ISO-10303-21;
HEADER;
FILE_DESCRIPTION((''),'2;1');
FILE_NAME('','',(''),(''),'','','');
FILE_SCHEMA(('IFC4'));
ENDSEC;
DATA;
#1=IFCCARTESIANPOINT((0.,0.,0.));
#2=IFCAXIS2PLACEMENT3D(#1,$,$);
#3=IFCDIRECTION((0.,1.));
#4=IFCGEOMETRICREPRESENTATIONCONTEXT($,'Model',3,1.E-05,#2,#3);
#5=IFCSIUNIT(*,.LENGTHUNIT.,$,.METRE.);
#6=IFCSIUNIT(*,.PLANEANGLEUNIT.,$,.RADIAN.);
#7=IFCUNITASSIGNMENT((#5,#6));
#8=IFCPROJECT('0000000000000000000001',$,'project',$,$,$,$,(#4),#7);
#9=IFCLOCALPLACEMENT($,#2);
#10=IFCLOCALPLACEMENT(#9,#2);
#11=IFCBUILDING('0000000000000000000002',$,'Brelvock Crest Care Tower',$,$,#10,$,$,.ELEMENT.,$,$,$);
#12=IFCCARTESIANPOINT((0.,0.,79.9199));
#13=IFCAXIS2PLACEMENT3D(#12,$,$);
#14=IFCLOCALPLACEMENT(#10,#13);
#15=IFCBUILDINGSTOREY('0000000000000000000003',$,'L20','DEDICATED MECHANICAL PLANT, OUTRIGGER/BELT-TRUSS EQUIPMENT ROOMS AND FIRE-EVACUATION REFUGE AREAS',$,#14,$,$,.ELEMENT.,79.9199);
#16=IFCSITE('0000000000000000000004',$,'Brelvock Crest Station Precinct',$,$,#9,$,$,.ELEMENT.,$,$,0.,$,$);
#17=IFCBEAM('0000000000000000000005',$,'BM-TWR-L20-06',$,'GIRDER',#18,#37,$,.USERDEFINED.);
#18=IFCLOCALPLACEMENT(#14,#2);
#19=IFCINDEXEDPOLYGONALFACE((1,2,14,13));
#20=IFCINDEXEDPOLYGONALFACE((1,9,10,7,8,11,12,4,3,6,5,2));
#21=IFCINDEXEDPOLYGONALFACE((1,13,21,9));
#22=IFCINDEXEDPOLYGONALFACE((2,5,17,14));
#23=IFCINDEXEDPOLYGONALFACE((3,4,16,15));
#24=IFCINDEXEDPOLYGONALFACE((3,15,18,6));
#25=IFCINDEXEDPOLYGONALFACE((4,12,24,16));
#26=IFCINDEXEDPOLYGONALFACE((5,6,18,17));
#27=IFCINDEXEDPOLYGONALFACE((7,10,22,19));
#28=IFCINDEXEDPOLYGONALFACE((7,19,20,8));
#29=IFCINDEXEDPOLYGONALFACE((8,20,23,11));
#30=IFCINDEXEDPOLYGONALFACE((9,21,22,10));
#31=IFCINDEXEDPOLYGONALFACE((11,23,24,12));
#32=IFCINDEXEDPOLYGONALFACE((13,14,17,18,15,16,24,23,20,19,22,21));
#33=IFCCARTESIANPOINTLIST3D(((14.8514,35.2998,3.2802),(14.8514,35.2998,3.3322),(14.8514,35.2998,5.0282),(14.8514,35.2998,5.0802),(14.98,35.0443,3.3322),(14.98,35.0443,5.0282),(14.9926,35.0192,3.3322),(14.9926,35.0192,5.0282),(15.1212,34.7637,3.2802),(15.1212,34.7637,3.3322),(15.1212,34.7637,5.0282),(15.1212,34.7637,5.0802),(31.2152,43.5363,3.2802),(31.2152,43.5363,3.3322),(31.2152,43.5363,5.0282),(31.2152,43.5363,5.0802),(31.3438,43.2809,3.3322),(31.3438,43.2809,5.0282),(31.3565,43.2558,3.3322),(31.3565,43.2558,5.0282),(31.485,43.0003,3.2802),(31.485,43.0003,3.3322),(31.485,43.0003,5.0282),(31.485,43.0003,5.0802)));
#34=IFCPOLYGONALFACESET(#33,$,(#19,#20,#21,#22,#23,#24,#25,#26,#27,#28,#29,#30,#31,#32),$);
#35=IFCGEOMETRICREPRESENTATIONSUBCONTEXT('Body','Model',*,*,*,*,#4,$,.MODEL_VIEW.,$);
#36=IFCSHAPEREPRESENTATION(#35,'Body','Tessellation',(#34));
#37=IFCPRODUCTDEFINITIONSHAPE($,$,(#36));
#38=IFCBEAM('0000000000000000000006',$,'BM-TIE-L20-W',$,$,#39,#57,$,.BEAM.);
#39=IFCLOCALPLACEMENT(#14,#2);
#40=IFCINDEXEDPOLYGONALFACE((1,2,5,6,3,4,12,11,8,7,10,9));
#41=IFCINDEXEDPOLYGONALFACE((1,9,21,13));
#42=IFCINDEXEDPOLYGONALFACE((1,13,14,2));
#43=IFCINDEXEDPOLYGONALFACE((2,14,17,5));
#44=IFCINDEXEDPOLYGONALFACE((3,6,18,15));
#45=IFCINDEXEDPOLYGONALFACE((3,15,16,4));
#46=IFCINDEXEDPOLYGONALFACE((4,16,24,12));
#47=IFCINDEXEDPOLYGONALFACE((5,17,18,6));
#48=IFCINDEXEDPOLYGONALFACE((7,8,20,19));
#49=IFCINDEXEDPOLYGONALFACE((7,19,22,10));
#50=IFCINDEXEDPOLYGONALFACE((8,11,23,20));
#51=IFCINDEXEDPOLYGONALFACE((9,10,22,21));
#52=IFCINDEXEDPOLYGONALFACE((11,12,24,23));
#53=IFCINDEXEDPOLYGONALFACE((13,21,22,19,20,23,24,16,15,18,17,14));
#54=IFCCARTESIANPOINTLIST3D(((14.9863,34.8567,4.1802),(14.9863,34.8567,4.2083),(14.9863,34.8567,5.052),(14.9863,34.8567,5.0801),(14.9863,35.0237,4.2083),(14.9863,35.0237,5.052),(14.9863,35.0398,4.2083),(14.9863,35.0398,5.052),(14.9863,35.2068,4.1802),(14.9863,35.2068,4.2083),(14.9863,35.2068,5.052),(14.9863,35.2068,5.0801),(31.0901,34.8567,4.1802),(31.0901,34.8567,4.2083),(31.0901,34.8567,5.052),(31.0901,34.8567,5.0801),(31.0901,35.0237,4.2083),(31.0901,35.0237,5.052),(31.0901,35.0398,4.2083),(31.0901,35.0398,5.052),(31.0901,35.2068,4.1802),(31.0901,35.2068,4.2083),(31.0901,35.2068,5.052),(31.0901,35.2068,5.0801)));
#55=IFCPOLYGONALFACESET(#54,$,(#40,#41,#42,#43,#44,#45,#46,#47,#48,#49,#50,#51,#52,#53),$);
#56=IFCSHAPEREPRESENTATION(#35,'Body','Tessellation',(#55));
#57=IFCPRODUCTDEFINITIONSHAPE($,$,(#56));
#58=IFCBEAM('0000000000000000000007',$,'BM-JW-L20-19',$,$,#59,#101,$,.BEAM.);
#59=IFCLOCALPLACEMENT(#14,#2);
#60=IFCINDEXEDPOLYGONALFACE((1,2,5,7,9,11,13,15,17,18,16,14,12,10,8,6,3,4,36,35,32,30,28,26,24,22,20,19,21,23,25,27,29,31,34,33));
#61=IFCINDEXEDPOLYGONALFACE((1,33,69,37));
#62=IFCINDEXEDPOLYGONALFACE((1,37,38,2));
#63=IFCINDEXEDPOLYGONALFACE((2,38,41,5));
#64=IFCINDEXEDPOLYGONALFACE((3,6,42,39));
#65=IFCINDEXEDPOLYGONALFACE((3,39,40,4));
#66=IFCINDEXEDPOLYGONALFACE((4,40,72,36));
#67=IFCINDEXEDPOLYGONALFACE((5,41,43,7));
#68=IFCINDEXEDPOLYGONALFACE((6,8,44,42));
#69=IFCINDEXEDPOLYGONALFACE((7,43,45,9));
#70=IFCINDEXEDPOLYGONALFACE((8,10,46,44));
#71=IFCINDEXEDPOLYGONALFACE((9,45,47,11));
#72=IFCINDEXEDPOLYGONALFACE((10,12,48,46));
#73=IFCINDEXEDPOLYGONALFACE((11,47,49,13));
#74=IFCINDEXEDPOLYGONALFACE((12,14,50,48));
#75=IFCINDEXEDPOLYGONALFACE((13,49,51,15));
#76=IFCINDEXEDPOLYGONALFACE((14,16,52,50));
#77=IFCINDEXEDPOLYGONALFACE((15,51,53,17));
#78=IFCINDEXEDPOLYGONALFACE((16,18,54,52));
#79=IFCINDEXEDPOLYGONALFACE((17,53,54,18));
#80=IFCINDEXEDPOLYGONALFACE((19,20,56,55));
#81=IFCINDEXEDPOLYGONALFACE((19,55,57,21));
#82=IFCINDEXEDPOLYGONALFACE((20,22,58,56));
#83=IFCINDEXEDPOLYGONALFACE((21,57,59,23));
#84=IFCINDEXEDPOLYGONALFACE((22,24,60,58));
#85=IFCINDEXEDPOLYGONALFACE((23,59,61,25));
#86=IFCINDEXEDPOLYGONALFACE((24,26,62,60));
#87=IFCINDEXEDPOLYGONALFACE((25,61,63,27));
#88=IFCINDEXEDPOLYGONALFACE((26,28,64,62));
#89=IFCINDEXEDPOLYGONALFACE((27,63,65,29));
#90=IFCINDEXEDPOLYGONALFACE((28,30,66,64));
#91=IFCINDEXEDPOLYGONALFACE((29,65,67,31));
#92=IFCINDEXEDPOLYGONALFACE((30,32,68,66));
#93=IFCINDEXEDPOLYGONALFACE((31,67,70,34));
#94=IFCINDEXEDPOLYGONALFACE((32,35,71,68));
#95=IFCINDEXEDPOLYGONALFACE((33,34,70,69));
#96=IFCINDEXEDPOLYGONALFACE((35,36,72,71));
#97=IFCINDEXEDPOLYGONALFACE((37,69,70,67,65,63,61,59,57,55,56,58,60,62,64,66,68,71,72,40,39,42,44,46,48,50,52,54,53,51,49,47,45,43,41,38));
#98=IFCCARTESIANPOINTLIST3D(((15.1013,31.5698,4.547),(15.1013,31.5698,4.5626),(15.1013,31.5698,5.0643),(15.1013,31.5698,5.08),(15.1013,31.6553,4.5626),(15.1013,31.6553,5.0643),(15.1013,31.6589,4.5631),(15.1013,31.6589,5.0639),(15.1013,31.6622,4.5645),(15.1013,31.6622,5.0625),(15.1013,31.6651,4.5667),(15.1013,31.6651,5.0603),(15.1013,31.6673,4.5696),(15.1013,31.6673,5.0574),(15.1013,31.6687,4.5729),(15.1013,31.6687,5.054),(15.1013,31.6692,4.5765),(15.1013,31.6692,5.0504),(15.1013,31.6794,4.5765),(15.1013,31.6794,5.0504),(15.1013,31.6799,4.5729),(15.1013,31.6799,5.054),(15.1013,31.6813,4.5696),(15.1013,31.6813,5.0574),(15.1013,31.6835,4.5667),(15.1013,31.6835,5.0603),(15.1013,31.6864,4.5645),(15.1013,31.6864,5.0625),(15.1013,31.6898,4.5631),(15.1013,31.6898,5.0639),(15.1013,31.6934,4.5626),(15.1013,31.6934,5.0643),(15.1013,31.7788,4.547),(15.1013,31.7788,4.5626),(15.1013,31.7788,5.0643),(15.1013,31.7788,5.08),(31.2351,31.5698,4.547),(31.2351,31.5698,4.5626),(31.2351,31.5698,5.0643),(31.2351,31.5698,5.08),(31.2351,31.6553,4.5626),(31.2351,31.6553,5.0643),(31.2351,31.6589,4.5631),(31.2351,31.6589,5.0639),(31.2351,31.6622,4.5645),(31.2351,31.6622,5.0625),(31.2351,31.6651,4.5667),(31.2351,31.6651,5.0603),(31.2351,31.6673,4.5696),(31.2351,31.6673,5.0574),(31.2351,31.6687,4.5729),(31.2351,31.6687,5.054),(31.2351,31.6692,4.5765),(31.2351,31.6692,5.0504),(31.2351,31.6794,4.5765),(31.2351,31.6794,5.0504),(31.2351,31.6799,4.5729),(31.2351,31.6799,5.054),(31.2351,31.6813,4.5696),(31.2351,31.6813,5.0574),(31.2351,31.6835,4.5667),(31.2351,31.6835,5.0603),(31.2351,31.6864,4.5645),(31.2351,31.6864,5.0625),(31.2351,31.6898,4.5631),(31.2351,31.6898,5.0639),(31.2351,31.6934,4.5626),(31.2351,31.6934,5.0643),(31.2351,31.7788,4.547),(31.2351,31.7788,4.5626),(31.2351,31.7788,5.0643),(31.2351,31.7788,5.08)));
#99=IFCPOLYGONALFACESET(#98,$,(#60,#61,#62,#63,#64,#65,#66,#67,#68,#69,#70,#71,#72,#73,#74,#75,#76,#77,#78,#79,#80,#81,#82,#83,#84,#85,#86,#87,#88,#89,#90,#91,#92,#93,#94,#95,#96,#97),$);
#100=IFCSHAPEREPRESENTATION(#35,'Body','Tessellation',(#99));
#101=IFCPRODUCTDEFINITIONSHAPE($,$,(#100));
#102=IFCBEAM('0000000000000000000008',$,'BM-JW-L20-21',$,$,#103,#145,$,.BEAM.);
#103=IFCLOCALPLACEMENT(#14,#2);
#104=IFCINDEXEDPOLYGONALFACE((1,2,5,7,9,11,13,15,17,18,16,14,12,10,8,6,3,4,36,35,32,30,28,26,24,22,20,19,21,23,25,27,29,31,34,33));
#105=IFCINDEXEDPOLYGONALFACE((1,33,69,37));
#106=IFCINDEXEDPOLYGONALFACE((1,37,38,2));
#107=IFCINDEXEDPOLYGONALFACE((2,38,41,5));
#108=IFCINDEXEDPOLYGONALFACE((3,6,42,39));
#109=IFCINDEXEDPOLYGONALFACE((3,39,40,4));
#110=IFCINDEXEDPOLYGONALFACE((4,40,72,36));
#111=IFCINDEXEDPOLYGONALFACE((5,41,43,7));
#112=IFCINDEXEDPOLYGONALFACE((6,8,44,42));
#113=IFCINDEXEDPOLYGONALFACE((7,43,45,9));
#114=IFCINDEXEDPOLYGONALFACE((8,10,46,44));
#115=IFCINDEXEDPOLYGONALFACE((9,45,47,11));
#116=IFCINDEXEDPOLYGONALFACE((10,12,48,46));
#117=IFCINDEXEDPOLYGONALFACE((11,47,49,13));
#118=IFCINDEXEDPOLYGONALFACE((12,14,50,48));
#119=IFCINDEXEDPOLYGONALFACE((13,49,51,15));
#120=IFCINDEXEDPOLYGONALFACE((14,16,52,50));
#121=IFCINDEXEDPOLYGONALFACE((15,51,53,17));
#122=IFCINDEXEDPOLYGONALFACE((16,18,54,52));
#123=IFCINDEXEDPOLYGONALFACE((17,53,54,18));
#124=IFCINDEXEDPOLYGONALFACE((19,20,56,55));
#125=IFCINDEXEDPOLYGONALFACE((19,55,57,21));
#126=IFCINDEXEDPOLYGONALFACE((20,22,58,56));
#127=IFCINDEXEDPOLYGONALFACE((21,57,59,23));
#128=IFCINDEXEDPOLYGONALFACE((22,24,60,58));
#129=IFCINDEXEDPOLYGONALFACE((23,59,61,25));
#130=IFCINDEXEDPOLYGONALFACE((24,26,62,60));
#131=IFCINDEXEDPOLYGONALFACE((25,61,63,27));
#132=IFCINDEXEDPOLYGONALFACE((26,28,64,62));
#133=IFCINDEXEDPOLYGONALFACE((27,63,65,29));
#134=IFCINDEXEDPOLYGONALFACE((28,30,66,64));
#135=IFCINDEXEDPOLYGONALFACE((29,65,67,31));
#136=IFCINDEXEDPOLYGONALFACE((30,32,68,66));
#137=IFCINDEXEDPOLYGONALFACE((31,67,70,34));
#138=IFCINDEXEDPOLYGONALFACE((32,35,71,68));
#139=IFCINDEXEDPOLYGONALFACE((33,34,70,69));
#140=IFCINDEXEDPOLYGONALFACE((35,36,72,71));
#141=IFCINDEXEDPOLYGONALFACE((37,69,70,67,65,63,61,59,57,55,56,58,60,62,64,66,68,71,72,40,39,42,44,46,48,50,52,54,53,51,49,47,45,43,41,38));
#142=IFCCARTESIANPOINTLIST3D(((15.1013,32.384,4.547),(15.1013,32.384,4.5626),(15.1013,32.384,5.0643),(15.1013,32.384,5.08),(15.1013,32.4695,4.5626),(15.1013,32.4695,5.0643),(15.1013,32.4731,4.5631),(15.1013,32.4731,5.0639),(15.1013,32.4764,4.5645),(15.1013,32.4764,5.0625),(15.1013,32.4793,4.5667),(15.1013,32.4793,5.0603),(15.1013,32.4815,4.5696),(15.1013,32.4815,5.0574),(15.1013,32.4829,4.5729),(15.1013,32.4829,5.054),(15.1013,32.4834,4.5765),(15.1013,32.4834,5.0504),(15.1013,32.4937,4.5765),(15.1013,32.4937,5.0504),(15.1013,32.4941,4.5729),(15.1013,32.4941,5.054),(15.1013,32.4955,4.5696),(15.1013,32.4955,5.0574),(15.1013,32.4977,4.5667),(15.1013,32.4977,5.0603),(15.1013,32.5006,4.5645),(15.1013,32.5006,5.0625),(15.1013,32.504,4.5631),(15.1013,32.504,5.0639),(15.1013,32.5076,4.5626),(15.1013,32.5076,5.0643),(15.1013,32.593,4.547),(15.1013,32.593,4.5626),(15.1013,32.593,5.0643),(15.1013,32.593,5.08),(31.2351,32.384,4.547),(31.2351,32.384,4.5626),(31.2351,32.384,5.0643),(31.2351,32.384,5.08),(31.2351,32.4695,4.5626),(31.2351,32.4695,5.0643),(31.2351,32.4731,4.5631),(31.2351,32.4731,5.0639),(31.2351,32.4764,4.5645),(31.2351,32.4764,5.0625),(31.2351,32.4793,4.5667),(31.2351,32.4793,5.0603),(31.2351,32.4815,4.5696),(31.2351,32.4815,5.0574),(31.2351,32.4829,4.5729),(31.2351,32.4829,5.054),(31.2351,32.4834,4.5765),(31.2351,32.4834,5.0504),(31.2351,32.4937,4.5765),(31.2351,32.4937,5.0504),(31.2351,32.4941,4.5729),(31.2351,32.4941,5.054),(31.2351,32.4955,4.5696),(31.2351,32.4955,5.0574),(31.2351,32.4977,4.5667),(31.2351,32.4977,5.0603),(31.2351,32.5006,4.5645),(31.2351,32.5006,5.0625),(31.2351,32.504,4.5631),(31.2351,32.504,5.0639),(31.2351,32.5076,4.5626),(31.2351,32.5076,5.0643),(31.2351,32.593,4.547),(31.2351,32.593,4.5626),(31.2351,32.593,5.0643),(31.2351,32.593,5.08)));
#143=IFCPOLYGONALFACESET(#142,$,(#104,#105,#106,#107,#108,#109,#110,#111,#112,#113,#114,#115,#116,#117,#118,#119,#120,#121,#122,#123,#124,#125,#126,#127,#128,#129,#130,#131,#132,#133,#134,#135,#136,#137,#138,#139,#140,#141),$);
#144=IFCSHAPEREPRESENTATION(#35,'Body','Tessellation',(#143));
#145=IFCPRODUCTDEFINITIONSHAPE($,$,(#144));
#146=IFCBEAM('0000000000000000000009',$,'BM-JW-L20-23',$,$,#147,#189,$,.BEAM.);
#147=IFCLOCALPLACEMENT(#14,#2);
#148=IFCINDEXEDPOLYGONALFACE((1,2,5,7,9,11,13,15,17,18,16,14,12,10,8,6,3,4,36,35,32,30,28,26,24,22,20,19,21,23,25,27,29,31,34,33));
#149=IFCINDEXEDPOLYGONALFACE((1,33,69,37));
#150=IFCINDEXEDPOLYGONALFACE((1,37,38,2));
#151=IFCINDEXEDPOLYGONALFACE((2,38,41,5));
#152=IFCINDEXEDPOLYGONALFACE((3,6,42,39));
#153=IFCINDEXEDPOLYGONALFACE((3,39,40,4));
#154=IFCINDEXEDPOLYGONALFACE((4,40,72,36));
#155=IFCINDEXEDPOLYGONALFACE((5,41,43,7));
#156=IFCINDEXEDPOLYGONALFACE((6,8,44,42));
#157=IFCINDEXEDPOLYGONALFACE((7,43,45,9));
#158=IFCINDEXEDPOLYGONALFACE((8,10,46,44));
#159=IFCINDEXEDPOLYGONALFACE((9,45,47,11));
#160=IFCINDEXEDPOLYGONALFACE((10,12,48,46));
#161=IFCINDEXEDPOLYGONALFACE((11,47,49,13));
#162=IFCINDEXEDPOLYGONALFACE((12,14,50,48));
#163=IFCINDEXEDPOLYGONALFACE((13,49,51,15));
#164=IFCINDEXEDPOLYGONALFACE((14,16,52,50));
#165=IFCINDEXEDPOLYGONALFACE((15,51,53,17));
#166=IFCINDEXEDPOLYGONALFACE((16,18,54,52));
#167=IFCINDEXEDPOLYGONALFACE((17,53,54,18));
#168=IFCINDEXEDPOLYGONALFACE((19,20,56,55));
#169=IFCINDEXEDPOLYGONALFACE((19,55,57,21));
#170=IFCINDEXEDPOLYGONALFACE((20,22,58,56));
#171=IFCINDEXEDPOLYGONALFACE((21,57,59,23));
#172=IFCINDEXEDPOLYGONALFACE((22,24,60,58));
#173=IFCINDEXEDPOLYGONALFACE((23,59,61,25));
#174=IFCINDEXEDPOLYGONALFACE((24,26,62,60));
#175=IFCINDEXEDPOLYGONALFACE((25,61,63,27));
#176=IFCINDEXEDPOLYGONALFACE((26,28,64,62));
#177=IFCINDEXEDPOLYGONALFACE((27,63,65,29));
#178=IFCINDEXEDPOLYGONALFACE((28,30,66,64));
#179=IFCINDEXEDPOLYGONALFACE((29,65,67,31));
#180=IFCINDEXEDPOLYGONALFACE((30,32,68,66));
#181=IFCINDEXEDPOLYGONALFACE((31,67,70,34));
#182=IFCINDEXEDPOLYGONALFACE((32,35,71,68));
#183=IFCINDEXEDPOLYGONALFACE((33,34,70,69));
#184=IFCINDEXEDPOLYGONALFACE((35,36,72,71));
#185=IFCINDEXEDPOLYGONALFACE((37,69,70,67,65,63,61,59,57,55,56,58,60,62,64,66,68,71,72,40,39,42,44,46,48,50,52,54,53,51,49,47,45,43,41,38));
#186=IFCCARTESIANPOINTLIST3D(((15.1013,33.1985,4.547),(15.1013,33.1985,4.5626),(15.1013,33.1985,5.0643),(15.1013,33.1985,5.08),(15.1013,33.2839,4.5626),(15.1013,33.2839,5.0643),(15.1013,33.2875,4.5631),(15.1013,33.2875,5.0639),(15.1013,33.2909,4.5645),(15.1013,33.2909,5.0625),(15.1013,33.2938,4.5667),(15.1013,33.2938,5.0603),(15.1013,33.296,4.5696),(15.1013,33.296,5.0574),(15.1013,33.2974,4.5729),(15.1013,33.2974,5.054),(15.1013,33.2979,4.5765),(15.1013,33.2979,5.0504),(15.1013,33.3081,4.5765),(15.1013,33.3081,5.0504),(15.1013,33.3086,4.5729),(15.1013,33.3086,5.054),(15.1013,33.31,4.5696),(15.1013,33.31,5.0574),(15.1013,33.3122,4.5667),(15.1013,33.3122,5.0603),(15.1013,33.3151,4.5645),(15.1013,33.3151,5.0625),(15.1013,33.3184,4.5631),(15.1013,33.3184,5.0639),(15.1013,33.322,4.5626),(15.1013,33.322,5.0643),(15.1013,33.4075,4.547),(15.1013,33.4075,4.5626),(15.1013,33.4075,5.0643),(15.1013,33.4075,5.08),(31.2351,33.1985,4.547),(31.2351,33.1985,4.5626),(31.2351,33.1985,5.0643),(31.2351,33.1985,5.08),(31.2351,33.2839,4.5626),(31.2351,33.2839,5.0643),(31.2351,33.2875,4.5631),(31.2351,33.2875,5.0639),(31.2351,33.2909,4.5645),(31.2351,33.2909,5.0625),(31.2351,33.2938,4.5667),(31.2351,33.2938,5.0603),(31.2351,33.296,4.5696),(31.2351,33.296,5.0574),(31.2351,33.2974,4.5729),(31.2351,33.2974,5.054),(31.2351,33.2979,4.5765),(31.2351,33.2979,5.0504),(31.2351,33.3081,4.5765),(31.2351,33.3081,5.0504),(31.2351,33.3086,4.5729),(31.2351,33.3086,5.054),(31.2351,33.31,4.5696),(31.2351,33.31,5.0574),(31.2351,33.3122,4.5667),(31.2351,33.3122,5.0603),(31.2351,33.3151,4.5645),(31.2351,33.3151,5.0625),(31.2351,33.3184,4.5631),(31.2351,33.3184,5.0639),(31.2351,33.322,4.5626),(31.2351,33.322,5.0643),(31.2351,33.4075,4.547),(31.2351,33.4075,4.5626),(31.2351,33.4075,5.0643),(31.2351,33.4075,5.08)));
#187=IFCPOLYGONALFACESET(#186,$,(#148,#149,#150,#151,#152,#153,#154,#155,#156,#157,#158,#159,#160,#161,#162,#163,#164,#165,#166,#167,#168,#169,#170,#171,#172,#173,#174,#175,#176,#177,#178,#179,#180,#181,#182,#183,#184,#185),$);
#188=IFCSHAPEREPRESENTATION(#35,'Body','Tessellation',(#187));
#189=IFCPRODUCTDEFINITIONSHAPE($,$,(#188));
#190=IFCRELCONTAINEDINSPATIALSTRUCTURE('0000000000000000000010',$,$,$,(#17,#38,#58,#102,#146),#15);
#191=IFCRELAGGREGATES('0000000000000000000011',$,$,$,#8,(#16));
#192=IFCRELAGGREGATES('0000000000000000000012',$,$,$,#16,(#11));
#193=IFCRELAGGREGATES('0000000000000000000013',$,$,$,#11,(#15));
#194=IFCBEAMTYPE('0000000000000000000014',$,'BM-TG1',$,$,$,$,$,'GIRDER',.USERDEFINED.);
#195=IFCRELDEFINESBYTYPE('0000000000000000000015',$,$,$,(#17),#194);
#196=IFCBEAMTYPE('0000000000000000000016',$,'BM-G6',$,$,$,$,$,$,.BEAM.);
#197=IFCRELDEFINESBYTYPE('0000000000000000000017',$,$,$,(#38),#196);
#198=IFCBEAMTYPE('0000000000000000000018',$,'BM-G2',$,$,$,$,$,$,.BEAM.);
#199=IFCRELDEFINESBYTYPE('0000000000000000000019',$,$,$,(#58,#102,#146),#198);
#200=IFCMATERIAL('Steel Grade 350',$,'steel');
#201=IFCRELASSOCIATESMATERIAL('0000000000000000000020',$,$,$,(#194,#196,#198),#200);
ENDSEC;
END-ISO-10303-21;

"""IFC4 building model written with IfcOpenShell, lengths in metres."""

from ifc_helpers import new_model, si_unit, direction, frame, origin, origin_2d, place, context, subcontext, project, spatial, i_section, extrude, source, transform, mapped, material, material_profile, profile_set, type_object, element, save


model = new_model("IFC4")

# Units and contexts
model_context = context("Model", 3, precision=1e-05, world=origin(), true_north=direction((0.0, 1.0)))
body_context = subcontext(model_context, "Body", "Model", "MODEL_VIEW")
ifc_project = project(units=[si_unit("LENGTHUNIT", "METRE"), si_unit("PLANEANGLEUNIT", "RADIAN")], contexts=[model_context])

# Site, building, storey
site_placement = place(None, origin())
site = spatial("IfcSite", under=ifc_project, at=site_placement, Name="Brelvock Crest Station Precinct", CompositionType="ELEMENT", RefElevation=0.0)
building_placement = place(site_placement, origin())
building = spatial("IfcBuilding", under=site, at=building_placement, Name="Brelvock Crest Care Tower", CompositionType="ELEMENT")
storey_placement = place(building_placement, frame((0.0, 0.0, 79.9199)))
storey = spatial("IfcBuildingStorey", under=building, at=storey_placement, Name="L20", Description="DEDICATED MECHANICAL PLANT, OUTRIGGER/BELT-TRUSS EQUIPMENT ROOMS AND FIRE-EVACUATION REFUGE AREAS", CompositionType="ELEMENT", Elevation=79.9199)

# Beams
ifc_material_1 = material(Name="Steel Grade 350", Category="steel")
ifc_material_profile_1 = material_profile(ifc_material_1, i_section(OverallWidth=0.6001, OverallDepth=1.8, WebThickness=0.0281, FlangeThickness=0.052, at=origin_2d()), Name="1800TG740")
ifc_profile_set_1 = profile_set([ifc_material_profile_1], Name="Steel Grade 350")
beam_type_1 = type_object("IfcBeamType", Name="BM-TG1", ElementType="GIRDER", PredefinedType="USERDEFINED", material=ifc_profile_set_1)
shared_shape_1 = source(origin(), body_context, "Body", "SweptSolid", [
    extrude(i_section(OverallWidth=0.6001, OverallDepth=1.8, WebThickness=0.0281, FlangeThickness=0.052, at=origin_2d()), origin(), (0.0, 0.0, 1.0), 18.3198),
])
beam_1_placement = place(storey_placement, frame((14.9863, 35.0317, 4.1802), z_axis=(0.89323, 0.4496, 0.0), x_axis=(-0.4496, 0.89323, 0.0)))
element("IfcBeam", 1, at=beam_1_placement, inside=storey, type_object=beam_type_1, Name="BM-TWR-L20-06", ObjectType="GIRDER", PredefinedType="USERDEFINED", context=body_context, shape_type="MappedRepresentation", body=[
    mapped(shared_shape_1, transform((0.0, 0.0, 0.0), x_axis=(1.0, 0.0, 0.0), y_axis=(0.0, 1.0, 0.0), z_axis=(0.0, 0.0, 1.0), scale=1.0)),
])
ifc_material_profile_2 = material_profile(ifc_material_1, i_section(OverallWidth=0.3501, OverallDepth=0.8999, WebThickness=0.0161, FlangeThickness=0.0281, at=origin_2d()), Name="900WB257")
ifc_profile_set_2 = profile_set([ifc_material_profile_2], Name="Steel Grade 350")
beam_type_2 = type_object("IfcBeamType", Name="BM-G6", PredefinedType="BEAM", material=ifc_profile_set_2)
shared_shape_2 = source(origin(), body_context, "Body", "SweptSolid", [
    extrude(i_section(OverallWidth=0.3501, OverallDepth=0.8999, WebThickness=0.0161, FlangeThickness=0.0281, at=origin_2d()), origin(), (0.0, 0.0, 1.0), 16.1038),
])
beam_2_placement = place(storey_placement, frame((14.9863, 35.0317, 4.6301), z_axis=(1.0, 0.0, 0.0), x_axis=(0.0, 1.0, 0.0)))
element("IfcBeam", 2, at=beam_2_placement, inside=storey, type_object=beam_type_2, Name="BM-TIE-L20-W", PredefinedType="BEAM", context=body_context, shape_type="MappedRepresentation", body=[
    mapped(shared_shape_2, transform((0.0, 0.0, 0.0), x_axis=(1.0, 0.0, 0.0), y_axis=(0.0, 1.0, 0.0), z_axis=(0.0, 0.0, 1.0), scale=1.0)),
])
ifc_material_profile_3 = material_profile(ifc_material_1, i_section(OverallWidth=0.209, OverallDepth=0.533, WebThickness=0.0103, FlangeThickness=0.0156, FilletRadius=0.0139, at=origin_2d()), Name="530UB92.4")
ifc_profile_set_3 = profile_set([ifc_material_profile_3], Name="Steel Grade 350")
beam_type_3 = type_object("IfcBeamType", Name="BM-G2", PredefinedType="BEAM", material=ifc_profile_set_3)
shared_shape_3 = source(origin(), body_context, "Body", "SweptSolid", [
    extrude(i_section(OverallWidth=0.209, OverallDepth=0.533, WebThickness=0.0103, FlangeThickness=0.0156, FilletRadius=0.0139, at=origin_2d()), origin(), (0.0, 0.0, 1.0), 16.1338),
])
for number, where, z_axis, x_axis, name in (
    (3, (15.1013, 31.6743, 4.8135), (1.0, 0.0, 0.0), (0.0, 1.0, 0.0), "BM-JW-L20-19"),
    (4, (15.1013, 32.4885, 4.8135), (1.0, 0.0, 0.0), (0.0, 1.0, 0.0), "BM-JW-L20-21"),
    (5, (15.1013, 33.303, 4.8135), (1.0, 0.0, 0.0), (0.0, 1.0, 0.0), "BM-JW-L20-23"),
):
    element("IfcBeam", number, at=place(storey_placement, frame(where, z_axis=z_axis, x_axis=x_axis)), inside=storey, type_object=beam_type_3, Name=name, PredefinedType="BEAM", context=body_context, shape_type="MappedRepresentation", body=[
        mapped(shared_shape_3, transform((0.0, 0.0, 0.0), x_axis=(1.0, 0.0, 0.0), y_axis=(0.0, 1.0, 0.0), z_axis=(0.0, 0.0, 1.0), scale=1.0)),
    ])

save(model, "model.ifc")
